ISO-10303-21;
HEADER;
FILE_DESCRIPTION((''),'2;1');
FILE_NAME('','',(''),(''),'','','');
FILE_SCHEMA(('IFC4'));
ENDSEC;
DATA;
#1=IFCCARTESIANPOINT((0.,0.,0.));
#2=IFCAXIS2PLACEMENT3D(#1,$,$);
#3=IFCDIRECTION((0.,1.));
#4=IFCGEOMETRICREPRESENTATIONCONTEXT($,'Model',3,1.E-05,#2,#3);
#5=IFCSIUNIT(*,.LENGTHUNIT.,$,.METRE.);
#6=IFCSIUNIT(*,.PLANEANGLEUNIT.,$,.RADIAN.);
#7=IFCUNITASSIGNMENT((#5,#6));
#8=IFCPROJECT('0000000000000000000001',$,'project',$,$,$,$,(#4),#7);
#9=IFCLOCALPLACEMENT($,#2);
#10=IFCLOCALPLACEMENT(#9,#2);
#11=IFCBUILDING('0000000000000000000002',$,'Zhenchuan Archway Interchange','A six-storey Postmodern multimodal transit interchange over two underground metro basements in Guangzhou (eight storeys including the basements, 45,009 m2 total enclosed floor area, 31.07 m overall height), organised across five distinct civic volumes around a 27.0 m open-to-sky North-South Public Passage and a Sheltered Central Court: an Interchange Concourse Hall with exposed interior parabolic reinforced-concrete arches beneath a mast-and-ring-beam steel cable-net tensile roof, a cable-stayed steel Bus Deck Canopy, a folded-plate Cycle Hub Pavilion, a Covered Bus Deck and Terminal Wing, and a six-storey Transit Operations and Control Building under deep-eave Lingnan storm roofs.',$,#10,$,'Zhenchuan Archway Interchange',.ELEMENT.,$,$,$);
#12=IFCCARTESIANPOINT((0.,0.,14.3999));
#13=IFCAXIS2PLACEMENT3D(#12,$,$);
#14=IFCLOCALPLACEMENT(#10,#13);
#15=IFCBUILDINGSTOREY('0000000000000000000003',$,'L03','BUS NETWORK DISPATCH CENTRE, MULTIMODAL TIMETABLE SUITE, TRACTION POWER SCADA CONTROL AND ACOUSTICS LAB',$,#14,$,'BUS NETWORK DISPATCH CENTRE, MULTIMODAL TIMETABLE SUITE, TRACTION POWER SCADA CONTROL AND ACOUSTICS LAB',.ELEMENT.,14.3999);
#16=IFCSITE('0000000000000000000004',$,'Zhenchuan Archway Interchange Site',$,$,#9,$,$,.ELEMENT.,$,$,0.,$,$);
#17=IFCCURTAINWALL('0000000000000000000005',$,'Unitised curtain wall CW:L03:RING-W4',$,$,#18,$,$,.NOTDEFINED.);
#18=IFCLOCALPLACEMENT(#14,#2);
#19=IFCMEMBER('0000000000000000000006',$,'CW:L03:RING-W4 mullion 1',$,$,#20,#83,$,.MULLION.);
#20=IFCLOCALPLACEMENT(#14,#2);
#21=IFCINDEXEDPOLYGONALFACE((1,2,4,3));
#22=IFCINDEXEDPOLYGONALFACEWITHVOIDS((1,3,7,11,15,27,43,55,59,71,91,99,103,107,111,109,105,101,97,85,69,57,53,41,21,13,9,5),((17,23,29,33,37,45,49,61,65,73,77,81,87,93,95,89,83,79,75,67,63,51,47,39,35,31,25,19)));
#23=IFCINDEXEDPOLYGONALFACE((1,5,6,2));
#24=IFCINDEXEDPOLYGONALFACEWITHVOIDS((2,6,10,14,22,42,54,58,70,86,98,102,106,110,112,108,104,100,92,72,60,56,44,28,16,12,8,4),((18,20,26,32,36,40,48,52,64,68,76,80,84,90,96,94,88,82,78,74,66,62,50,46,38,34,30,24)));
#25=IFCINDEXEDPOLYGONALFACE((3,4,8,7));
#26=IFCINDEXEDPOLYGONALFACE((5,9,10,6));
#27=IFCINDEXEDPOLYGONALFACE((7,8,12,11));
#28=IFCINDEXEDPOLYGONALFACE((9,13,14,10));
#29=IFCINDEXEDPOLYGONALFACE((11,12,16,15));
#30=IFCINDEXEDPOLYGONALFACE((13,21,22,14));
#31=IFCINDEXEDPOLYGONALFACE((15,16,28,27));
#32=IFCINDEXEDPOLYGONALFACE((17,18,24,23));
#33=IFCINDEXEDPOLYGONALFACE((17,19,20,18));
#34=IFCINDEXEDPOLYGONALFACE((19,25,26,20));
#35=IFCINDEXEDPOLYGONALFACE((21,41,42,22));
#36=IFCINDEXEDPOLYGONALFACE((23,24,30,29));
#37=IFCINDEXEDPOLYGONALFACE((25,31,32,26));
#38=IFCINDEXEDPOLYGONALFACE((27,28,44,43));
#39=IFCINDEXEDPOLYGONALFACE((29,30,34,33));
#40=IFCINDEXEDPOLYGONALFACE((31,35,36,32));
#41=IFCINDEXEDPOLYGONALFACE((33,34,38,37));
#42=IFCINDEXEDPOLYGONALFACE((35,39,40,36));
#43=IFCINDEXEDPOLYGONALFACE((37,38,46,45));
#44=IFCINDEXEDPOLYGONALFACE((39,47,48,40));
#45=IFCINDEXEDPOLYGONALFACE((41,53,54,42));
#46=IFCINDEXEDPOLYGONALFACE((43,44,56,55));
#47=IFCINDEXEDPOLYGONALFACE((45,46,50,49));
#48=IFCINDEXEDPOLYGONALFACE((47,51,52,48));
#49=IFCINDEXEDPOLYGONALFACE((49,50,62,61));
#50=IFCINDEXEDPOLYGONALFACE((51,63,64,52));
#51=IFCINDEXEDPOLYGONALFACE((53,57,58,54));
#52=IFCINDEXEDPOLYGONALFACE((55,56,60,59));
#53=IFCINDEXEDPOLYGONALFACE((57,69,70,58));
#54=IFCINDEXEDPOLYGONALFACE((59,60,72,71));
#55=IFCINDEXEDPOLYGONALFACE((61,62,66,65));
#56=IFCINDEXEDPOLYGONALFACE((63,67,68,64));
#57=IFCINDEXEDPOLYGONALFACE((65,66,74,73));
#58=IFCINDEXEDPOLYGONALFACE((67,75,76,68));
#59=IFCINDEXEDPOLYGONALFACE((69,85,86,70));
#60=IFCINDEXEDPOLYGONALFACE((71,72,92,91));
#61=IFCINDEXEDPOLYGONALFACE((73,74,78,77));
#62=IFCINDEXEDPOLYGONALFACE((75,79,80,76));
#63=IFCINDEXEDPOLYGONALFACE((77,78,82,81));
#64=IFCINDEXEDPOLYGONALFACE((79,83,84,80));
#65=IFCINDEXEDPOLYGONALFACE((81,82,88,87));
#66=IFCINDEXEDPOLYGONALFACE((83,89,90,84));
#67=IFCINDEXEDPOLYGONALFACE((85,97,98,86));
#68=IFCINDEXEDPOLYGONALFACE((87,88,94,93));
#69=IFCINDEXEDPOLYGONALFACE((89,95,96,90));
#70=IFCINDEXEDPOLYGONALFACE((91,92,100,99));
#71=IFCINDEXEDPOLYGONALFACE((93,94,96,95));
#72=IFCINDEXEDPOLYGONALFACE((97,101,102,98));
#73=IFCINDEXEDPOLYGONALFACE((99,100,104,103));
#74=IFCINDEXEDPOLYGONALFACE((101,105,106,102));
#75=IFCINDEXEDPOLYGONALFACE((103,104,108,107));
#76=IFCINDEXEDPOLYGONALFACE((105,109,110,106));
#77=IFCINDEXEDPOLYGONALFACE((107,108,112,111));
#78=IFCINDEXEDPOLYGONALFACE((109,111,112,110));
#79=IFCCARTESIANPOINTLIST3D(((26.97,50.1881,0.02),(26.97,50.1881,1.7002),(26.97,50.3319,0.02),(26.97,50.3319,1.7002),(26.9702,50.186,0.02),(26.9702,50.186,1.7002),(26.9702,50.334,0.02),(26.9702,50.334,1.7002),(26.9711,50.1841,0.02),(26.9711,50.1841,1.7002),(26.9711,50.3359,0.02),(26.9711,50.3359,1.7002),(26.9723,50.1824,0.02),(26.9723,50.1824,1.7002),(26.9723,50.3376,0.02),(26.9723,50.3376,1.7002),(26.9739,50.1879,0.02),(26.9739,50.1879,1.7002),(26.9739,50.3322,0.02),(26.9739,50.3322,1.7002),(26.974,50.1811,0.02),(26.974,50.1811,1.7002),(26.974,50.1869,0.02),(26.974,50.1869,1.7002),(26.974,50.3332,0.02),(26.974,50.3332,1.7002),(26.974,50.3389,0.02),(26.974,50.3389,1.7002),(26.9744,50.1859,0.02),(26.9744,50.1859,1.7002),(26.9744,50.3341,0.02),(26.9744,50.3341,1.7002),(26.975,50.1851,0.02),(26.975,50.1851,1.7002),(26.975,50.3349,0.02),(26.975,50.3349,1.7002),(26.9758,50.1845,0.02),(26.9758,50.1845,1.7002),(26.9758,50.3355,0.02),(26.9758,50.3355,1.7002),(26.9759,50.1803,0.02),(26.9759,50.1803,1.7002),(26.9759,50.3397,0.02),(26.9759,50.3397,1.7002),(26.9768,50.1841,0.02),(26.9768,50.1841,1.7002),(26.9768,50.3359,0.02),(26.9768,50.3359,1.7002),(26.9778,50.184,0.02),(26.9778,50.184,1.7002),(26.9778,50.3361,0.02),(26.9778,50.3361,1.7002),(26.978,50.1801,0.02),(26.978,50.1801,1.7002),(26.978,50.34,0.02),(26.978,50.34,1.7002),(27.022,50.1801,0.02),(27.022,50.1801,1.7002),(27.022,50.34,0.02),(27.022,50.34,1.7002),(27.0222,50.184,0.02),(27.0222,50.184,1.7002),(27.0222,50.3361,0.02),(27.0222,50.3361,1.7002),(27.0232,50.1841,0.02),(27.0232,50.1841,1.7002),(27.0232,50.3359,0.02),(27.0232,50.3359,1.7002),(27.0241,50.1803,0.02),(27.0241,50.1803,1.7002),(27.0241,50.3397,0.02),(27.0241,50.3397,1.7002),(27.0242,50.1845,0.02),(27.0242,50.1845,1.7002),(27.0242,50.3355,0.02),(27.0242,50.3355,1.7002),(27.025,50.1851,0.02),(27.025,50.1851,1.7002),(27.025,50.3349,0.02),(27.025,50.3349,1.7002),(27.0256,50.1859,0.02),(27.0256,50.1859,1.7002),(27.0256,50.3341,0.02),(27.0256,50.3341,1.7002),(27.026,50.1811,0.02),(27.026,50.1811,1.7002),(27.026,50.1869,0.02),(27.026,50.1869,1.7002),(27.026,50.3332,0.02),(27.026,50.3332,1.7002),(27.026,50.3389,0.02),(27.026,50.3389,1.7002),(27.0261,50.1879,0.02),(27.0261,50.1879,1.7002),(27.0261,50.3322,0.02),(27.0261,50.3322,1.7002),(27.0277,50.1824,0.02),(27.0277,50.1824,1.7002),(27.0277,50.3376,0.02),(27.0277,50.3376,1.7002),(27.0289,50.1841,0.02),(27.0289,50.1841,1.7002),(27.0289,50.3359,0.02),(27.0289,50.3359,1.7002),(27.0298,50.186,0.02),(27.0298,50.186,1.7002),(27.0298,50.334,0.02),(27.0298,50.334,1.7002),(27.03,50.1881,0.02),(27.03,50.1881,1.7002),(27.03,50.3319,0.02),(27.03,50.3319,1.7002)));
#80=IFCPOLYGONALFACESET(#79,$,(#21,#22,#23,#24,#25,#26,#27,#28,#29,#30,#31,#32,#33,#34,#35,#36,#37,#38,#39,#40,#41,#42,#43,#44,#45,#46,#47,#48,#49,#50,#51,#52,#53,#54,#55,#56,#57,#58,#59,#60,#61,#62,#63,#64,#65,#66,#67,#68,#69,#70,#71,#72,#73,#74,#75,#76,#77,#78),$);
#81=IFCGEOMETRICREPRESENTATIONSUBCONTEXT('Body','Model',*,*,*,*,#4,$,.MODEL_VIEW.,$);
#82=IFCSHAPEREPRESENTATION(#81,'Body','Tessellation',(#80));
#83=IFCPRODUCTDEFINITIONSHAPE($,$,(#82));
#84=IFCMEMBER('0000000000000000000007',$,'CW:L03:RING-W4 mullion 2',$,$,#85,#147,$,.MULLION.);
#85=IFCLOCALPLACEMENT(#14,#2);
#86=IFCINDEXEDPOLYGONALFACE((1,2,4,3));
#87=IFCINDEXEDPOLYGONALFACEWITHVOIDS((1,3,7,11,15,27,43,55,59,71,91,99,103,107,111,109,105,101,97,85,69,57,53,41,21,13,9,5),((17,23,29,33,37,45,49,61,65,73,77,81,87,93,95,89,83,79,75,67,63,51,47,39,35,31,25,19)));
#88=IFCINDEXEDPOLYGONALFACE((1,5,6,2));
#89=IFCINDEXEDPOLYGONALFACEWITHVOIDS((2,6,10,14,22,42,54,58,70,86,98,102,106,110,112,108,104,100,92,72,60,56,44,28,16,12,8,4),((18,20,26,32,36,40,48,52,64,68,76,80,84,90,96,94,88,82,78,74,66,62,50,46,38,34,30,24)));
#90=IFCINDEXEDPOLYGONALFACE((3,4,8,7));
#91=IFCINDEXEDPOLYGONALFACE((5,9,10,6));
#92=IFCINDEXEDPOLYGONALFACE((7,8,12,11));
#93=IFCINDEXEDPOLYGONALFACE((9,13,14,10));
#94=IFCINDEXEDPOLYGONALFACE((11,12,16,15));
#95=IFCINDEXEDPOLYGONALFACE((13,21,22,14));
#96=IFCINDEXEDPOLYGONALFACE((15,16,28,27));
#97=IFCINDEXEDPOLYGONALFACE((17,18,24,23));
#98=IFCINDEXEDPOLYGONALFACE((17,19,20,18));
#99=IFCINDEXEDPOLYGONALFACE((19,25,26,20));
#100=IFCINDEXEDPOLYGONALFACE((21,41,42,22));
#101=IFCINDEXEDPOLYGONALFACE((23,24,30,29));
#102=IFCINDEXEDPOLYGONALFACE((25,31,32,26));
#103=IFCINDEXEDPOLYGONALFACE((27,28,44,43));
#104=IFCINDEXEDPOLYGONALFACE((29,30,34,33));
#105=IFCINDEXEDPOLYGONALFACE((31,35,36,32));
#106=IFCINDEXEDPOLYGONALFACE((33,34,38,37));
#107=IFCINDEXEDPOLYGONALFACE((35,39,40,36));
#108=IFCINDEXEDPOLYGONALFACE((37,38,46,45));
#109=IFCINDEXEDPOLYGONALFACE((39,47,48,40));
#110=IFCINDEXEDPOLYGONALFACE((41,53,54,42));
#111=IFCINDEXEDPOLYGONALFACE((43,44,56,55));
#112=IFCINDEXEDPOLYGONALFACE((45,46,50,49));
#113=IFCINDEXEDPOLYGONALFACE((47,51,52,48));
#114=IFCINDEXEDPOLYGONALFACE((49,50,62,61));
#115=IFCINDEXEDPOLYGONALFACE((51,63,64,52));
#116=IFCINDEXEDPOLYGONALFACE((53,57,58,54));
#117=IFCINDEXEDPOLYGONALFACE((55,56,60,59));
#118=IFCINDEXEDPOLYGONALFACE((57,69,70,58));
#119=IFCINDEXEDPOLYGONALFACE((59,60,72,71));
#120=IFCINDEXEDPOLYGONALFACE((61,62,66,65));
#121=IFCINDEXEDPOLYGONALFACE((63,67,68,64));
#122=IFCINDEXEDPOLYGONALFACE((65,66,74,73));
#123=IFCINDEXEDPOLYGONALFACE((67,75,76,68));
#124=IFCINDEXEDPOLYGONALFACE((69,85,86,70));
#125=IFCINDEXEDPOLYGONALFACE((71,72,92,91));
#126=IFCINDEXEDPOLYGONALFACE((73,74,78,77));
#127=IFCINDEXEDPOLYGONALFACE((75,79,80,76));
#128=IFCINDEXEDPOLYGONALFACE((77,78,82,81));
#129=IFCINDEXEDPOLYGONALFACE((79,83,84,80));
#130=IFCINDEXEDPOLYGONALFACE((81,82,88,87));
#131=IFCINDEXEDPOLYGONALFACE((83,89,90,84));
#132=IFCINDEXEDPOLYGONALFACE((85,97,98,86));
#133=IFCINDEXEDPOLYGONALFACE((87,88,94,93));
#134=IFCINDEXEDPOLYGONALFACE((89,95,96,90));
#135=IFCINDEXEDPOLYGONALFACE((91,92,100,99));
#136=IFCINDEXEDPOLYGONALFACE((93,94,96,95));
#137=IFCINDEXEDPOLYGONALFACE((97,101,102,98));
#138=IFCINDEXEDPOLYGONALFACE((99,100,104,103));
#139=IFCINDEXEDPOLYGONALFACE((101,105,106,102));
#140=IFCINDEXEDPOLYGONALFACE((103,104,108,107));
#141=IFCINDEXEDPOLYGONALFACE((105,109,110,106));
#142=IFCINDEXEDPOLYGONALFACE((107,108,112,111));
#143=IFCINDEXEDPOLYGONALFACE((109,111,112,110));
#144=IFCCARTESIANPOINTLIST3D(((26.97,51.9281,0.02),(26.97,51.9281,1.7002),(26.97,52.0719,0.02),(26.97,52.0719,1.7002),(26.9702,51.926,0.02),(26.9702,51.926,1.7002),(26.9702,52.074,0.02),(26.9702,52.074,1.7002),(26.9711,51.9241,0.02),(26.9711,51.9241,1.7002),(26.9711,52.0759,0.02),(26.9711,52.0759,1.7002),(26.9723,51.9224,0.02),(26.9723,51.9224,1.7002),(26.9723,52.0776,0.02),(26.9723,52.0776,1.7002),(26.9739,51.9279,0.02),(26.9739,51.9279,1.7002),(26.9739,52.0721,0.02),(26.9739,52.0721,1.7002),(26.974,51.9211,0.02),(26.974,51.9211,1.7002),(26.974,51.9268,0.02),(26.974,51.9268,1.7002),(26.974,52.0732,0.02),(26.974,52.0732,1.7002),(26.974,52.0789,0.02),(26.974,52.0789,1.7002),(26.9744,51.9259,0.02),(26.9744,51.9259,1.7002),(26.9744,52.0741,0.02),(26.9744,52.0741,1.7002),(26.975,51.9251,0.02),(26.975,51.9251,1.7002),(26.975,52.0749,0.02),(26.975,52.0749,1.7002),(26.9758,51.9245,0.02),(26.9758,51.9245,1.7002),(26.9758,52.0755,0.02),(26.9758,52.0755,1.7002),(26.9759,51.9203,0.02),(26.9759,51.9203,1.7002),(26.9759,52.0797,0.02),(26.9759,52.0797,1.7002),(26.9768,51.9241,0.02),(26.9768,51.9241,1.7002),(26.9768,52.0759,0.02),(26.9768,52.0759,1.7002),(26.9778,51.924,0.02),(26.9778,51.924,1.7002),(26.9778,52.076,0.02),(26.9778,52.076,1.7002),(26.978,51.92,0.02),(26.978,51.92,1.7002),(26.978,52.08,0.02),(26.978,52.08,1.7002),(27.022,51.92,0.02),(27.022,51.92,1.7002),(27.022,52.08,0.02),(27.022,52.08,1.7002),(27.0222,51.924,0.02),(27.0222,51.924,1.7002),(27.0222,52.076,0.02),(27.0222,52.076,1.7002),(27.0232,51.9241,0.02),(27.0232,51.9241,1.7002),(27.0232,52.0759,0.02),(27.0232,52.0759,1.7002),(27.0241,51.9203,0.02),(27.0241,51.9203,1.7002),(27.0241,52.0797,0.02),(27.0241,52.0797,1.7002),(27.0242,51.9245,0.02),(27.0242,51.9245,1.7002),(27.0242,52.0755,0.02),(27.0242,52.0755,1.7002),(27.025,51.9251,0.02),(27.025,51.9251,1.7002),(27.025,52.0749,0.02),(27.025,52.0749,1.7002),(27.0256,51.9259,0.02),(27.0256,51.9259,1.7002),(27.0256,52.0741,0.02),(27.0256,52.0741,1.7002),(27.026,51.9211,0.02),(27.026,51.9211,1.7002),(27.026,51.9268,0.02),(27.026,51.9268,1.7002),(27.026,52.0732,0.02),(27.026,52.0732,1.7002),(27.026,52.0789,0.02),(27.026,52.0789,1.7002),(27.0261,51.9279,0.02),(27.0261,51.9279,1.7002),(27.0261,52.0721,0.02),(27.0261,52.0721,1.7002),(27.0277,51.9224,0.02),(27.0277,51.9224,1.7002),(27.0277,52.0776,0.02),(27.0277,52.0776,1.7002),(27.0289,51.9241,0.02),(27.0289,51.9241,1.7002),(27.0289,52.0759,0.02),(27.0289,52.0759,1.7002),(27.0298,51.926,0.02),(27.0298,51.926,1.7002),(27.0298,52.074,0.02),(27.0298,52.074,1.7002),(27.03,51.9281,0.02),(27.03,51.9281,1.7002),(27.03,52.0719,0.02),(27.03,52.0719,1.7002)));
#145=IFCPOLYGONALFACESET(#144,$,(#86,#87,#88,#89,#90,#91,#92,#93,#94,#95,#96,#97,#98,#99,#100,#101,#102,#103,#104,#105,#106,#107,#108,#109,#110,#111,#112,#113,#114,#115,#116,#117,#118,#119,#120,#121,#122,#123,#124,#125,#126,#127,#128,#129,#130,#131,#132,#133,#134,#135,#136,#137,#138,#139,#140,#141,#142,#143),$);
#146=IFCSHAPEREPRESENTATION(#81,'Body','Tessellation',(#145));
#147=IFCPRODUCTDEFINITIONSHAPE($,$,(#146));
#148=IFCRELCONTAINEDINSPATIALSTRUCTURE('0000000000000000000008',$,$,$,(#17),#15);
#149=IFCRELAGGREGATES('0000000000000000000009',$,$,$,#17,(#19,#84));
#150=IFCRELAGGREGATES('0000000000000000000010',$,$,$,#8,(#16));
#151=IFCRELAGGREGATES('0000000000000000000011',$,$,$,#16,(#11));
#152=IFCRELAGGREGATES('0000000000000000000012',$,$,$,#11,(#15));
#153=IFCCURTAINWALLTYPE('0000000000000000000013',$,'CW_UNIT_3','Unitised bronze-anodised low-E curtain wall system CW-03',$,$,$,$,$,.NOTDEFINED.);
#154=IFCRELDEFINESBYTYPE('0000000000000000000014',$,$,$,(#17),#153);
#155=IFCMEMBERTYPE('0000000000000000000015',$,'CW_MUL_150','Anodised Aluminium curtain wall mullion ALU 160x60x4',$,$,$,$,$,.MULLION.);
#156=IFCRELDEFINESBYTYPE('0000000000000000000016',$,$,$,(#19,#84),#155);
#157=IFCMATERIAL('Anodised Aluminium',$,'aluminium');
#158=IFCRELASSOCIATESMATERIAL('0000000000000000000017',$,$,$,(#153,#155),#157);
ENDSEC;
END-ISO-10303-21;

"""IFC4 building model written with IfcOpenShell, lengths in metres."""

from ifc_helpers import new_model, si_unit, direction, frame, origin, origin_2d, place, context, subcontext, project, spatial, hollow_rectangle, extrude, material, material_profile, profile_set, type_object, element, aggregate, save


model = new_model("IFC4")

# Units and contexts
model_context = context("Model", 3, precision=1e-05, world=origin(), true_north=direction((0.0, 1.0)))
body_context = subcontext(model_context, "Body", "Model", "MODEL_VIEW")
ifc_project = project(units=[si_unit("LENGTHUNIT", "METRE"), si_unit("PLANEANGLEUNIT", "RADIAN")], contexts=[model_context])

# Site, building, storey
site_placement = place(None, origin())
site = spatial("IfcSite", under=ifc_project, at=site_placement, Name="Zhenchuan Archway Interchange Site", CompositionType="ELEMENT", RefElevation=0.0)
building_placement = place(site_placement, origin())
building = spatial("IfcBuilding", under=site, at=building_placement, Name="Zhenchuan Archway Interchange", Description="A six-storey Postmodern multimodal transit interchange over two underground metro basements in Guangzhou (eight storeys including the basements, 45,009 m2 total enclosed floor area, 31.07 m overall height), organised across five distinct civic volumes around a 27.0 m open-to-sky North-South Public Passage and a Sheltered Central Court: an Interchange Concourse Hall with exposed interior parabolic reinforced-concrete arches beneath a mast-and-ring-beam steel cable-net tensile roof, a cable-stayed steel Bus Deck Canopy, a folded-plate Cycle Hub Pavilion, a Covered Bus Deck and Terminal Wing, and a six-storey Transit Operations and Control Building under deep-eave Lingnan storm roofs.", LongName="Zhenchuan Archway Interchange", CompositionType="ELEMENT")
storey_placement = place(building_placement, frame((0.0, 0.0, 14.3999)))
storey = spatial("IfcBuildingStorey", under=building, at=storey_placement, Name="L03", Description="BUS NETWORK DISPATCH CENTRE, MULTIMODAL TIMETABLE SUITE, TRACTION POWER SCADA CONTROL AND ACOUSTICS LAB", LongName="BUS NETWORK DISPATCH CENTRE, MULTIMODAL TIMETABLE SUITE, TRACTION POWER SCADA CONTROL AND ACOUSTICS LAB", CompositionType="ELEMENT", Elevation=14.3999)

# Shared definitions
ifc_material_1 = material(Name="Anodised Aluminium", Category="aluminium")
curtain_wall_type = type_object("IfcCurtainWallType", Name="CW_UNIT_3", Description="Unitised bronze-anodised low-E curtain wall system CW-03", PredefinedType="NOTDEFINED", material=ifc_material_1)
ifc_material_profile_1 = material_profile(ifc_material_1, hollow_rectangle(XDim=0.0601, YDim=0.1599, WallThickness=0.0039, InnerFilletRadius=0.0039, OuterFilletRadius=0.0081, at=origin_2d()), Name="ALU 160x60x4")
ifc_profile_set_1 = profile_set([ifc_material_profile_1], Name="Anodised Aluminium")
member_type_1 = type_object("IfcMemberType", Name="CW_MUL_150", Description="Anodised Aluminium curtain wall mullion ALU 160x60x4", PredefinedType="MULLION", material=ifc_profile_set_1)

# Curtain wall, members
curtain_wall_1_placement = place(storey_placement, origin())
curtain_wall_1 = element("IfcCurtainWall", 1, at=curtain_wall_1_placement, inside=storey, type_object=curtain_wall_type, Name="Unitised curtain wall CW:L03:RING-W4", PredefinedType="NOTDEFINED")
member_1_placement = place(storey_placement, frame((27.0, 50.26, 0.02), z_axis=(0.0, 0.0, 1.0), x_axis=(1.0, 0.0, 0.0)))
member_1 = element("IfcMember", 2, at=member_1_placement, type_object=member_type_1, Name="CW:L03:RING-W4 mullion 1", PredefinedType="MULLION", context=body_context, shape_type="SweptSolid", body=[
    extrude(hollow_rectangle(XDim=0.0601, YDim=0.1599, WallThickness=0.0039, InnerFilletRadius=0.0039, OuterFilletRadius=0.0081, at=origin_2d()), origin(), (0.0, 0.0, 1.0), 1.6802),
])
member_2_placement = place(storey_placement, frame((27.0, 52.0, 0.02), z_axis=(0.0, 0.0, 1.0), x_axis=(1.0, 0.0, 0.0)))
member_2 = element("IfcMember", 3, at=member_2_placement, type_object=member_type_1, Name="CW:L03:RING-W4 mullion 2", PredefinedType="MULLION", context=body_context, shape_type="SweptSolid", body=[
    extrude(hollow_rectangle(XDim=0.0601, YDim=0.1599, WallThickness=0.0039, InnerFilletRadius=0.0039, OuterFilletRadius=0.0081, at=origin_2d()), origin(), (0.0, 0.0, 1.0), 1.6802),
])

aggregate(curtain_wall_1, [member_1, member_2])

save(model, "model.ifc")
